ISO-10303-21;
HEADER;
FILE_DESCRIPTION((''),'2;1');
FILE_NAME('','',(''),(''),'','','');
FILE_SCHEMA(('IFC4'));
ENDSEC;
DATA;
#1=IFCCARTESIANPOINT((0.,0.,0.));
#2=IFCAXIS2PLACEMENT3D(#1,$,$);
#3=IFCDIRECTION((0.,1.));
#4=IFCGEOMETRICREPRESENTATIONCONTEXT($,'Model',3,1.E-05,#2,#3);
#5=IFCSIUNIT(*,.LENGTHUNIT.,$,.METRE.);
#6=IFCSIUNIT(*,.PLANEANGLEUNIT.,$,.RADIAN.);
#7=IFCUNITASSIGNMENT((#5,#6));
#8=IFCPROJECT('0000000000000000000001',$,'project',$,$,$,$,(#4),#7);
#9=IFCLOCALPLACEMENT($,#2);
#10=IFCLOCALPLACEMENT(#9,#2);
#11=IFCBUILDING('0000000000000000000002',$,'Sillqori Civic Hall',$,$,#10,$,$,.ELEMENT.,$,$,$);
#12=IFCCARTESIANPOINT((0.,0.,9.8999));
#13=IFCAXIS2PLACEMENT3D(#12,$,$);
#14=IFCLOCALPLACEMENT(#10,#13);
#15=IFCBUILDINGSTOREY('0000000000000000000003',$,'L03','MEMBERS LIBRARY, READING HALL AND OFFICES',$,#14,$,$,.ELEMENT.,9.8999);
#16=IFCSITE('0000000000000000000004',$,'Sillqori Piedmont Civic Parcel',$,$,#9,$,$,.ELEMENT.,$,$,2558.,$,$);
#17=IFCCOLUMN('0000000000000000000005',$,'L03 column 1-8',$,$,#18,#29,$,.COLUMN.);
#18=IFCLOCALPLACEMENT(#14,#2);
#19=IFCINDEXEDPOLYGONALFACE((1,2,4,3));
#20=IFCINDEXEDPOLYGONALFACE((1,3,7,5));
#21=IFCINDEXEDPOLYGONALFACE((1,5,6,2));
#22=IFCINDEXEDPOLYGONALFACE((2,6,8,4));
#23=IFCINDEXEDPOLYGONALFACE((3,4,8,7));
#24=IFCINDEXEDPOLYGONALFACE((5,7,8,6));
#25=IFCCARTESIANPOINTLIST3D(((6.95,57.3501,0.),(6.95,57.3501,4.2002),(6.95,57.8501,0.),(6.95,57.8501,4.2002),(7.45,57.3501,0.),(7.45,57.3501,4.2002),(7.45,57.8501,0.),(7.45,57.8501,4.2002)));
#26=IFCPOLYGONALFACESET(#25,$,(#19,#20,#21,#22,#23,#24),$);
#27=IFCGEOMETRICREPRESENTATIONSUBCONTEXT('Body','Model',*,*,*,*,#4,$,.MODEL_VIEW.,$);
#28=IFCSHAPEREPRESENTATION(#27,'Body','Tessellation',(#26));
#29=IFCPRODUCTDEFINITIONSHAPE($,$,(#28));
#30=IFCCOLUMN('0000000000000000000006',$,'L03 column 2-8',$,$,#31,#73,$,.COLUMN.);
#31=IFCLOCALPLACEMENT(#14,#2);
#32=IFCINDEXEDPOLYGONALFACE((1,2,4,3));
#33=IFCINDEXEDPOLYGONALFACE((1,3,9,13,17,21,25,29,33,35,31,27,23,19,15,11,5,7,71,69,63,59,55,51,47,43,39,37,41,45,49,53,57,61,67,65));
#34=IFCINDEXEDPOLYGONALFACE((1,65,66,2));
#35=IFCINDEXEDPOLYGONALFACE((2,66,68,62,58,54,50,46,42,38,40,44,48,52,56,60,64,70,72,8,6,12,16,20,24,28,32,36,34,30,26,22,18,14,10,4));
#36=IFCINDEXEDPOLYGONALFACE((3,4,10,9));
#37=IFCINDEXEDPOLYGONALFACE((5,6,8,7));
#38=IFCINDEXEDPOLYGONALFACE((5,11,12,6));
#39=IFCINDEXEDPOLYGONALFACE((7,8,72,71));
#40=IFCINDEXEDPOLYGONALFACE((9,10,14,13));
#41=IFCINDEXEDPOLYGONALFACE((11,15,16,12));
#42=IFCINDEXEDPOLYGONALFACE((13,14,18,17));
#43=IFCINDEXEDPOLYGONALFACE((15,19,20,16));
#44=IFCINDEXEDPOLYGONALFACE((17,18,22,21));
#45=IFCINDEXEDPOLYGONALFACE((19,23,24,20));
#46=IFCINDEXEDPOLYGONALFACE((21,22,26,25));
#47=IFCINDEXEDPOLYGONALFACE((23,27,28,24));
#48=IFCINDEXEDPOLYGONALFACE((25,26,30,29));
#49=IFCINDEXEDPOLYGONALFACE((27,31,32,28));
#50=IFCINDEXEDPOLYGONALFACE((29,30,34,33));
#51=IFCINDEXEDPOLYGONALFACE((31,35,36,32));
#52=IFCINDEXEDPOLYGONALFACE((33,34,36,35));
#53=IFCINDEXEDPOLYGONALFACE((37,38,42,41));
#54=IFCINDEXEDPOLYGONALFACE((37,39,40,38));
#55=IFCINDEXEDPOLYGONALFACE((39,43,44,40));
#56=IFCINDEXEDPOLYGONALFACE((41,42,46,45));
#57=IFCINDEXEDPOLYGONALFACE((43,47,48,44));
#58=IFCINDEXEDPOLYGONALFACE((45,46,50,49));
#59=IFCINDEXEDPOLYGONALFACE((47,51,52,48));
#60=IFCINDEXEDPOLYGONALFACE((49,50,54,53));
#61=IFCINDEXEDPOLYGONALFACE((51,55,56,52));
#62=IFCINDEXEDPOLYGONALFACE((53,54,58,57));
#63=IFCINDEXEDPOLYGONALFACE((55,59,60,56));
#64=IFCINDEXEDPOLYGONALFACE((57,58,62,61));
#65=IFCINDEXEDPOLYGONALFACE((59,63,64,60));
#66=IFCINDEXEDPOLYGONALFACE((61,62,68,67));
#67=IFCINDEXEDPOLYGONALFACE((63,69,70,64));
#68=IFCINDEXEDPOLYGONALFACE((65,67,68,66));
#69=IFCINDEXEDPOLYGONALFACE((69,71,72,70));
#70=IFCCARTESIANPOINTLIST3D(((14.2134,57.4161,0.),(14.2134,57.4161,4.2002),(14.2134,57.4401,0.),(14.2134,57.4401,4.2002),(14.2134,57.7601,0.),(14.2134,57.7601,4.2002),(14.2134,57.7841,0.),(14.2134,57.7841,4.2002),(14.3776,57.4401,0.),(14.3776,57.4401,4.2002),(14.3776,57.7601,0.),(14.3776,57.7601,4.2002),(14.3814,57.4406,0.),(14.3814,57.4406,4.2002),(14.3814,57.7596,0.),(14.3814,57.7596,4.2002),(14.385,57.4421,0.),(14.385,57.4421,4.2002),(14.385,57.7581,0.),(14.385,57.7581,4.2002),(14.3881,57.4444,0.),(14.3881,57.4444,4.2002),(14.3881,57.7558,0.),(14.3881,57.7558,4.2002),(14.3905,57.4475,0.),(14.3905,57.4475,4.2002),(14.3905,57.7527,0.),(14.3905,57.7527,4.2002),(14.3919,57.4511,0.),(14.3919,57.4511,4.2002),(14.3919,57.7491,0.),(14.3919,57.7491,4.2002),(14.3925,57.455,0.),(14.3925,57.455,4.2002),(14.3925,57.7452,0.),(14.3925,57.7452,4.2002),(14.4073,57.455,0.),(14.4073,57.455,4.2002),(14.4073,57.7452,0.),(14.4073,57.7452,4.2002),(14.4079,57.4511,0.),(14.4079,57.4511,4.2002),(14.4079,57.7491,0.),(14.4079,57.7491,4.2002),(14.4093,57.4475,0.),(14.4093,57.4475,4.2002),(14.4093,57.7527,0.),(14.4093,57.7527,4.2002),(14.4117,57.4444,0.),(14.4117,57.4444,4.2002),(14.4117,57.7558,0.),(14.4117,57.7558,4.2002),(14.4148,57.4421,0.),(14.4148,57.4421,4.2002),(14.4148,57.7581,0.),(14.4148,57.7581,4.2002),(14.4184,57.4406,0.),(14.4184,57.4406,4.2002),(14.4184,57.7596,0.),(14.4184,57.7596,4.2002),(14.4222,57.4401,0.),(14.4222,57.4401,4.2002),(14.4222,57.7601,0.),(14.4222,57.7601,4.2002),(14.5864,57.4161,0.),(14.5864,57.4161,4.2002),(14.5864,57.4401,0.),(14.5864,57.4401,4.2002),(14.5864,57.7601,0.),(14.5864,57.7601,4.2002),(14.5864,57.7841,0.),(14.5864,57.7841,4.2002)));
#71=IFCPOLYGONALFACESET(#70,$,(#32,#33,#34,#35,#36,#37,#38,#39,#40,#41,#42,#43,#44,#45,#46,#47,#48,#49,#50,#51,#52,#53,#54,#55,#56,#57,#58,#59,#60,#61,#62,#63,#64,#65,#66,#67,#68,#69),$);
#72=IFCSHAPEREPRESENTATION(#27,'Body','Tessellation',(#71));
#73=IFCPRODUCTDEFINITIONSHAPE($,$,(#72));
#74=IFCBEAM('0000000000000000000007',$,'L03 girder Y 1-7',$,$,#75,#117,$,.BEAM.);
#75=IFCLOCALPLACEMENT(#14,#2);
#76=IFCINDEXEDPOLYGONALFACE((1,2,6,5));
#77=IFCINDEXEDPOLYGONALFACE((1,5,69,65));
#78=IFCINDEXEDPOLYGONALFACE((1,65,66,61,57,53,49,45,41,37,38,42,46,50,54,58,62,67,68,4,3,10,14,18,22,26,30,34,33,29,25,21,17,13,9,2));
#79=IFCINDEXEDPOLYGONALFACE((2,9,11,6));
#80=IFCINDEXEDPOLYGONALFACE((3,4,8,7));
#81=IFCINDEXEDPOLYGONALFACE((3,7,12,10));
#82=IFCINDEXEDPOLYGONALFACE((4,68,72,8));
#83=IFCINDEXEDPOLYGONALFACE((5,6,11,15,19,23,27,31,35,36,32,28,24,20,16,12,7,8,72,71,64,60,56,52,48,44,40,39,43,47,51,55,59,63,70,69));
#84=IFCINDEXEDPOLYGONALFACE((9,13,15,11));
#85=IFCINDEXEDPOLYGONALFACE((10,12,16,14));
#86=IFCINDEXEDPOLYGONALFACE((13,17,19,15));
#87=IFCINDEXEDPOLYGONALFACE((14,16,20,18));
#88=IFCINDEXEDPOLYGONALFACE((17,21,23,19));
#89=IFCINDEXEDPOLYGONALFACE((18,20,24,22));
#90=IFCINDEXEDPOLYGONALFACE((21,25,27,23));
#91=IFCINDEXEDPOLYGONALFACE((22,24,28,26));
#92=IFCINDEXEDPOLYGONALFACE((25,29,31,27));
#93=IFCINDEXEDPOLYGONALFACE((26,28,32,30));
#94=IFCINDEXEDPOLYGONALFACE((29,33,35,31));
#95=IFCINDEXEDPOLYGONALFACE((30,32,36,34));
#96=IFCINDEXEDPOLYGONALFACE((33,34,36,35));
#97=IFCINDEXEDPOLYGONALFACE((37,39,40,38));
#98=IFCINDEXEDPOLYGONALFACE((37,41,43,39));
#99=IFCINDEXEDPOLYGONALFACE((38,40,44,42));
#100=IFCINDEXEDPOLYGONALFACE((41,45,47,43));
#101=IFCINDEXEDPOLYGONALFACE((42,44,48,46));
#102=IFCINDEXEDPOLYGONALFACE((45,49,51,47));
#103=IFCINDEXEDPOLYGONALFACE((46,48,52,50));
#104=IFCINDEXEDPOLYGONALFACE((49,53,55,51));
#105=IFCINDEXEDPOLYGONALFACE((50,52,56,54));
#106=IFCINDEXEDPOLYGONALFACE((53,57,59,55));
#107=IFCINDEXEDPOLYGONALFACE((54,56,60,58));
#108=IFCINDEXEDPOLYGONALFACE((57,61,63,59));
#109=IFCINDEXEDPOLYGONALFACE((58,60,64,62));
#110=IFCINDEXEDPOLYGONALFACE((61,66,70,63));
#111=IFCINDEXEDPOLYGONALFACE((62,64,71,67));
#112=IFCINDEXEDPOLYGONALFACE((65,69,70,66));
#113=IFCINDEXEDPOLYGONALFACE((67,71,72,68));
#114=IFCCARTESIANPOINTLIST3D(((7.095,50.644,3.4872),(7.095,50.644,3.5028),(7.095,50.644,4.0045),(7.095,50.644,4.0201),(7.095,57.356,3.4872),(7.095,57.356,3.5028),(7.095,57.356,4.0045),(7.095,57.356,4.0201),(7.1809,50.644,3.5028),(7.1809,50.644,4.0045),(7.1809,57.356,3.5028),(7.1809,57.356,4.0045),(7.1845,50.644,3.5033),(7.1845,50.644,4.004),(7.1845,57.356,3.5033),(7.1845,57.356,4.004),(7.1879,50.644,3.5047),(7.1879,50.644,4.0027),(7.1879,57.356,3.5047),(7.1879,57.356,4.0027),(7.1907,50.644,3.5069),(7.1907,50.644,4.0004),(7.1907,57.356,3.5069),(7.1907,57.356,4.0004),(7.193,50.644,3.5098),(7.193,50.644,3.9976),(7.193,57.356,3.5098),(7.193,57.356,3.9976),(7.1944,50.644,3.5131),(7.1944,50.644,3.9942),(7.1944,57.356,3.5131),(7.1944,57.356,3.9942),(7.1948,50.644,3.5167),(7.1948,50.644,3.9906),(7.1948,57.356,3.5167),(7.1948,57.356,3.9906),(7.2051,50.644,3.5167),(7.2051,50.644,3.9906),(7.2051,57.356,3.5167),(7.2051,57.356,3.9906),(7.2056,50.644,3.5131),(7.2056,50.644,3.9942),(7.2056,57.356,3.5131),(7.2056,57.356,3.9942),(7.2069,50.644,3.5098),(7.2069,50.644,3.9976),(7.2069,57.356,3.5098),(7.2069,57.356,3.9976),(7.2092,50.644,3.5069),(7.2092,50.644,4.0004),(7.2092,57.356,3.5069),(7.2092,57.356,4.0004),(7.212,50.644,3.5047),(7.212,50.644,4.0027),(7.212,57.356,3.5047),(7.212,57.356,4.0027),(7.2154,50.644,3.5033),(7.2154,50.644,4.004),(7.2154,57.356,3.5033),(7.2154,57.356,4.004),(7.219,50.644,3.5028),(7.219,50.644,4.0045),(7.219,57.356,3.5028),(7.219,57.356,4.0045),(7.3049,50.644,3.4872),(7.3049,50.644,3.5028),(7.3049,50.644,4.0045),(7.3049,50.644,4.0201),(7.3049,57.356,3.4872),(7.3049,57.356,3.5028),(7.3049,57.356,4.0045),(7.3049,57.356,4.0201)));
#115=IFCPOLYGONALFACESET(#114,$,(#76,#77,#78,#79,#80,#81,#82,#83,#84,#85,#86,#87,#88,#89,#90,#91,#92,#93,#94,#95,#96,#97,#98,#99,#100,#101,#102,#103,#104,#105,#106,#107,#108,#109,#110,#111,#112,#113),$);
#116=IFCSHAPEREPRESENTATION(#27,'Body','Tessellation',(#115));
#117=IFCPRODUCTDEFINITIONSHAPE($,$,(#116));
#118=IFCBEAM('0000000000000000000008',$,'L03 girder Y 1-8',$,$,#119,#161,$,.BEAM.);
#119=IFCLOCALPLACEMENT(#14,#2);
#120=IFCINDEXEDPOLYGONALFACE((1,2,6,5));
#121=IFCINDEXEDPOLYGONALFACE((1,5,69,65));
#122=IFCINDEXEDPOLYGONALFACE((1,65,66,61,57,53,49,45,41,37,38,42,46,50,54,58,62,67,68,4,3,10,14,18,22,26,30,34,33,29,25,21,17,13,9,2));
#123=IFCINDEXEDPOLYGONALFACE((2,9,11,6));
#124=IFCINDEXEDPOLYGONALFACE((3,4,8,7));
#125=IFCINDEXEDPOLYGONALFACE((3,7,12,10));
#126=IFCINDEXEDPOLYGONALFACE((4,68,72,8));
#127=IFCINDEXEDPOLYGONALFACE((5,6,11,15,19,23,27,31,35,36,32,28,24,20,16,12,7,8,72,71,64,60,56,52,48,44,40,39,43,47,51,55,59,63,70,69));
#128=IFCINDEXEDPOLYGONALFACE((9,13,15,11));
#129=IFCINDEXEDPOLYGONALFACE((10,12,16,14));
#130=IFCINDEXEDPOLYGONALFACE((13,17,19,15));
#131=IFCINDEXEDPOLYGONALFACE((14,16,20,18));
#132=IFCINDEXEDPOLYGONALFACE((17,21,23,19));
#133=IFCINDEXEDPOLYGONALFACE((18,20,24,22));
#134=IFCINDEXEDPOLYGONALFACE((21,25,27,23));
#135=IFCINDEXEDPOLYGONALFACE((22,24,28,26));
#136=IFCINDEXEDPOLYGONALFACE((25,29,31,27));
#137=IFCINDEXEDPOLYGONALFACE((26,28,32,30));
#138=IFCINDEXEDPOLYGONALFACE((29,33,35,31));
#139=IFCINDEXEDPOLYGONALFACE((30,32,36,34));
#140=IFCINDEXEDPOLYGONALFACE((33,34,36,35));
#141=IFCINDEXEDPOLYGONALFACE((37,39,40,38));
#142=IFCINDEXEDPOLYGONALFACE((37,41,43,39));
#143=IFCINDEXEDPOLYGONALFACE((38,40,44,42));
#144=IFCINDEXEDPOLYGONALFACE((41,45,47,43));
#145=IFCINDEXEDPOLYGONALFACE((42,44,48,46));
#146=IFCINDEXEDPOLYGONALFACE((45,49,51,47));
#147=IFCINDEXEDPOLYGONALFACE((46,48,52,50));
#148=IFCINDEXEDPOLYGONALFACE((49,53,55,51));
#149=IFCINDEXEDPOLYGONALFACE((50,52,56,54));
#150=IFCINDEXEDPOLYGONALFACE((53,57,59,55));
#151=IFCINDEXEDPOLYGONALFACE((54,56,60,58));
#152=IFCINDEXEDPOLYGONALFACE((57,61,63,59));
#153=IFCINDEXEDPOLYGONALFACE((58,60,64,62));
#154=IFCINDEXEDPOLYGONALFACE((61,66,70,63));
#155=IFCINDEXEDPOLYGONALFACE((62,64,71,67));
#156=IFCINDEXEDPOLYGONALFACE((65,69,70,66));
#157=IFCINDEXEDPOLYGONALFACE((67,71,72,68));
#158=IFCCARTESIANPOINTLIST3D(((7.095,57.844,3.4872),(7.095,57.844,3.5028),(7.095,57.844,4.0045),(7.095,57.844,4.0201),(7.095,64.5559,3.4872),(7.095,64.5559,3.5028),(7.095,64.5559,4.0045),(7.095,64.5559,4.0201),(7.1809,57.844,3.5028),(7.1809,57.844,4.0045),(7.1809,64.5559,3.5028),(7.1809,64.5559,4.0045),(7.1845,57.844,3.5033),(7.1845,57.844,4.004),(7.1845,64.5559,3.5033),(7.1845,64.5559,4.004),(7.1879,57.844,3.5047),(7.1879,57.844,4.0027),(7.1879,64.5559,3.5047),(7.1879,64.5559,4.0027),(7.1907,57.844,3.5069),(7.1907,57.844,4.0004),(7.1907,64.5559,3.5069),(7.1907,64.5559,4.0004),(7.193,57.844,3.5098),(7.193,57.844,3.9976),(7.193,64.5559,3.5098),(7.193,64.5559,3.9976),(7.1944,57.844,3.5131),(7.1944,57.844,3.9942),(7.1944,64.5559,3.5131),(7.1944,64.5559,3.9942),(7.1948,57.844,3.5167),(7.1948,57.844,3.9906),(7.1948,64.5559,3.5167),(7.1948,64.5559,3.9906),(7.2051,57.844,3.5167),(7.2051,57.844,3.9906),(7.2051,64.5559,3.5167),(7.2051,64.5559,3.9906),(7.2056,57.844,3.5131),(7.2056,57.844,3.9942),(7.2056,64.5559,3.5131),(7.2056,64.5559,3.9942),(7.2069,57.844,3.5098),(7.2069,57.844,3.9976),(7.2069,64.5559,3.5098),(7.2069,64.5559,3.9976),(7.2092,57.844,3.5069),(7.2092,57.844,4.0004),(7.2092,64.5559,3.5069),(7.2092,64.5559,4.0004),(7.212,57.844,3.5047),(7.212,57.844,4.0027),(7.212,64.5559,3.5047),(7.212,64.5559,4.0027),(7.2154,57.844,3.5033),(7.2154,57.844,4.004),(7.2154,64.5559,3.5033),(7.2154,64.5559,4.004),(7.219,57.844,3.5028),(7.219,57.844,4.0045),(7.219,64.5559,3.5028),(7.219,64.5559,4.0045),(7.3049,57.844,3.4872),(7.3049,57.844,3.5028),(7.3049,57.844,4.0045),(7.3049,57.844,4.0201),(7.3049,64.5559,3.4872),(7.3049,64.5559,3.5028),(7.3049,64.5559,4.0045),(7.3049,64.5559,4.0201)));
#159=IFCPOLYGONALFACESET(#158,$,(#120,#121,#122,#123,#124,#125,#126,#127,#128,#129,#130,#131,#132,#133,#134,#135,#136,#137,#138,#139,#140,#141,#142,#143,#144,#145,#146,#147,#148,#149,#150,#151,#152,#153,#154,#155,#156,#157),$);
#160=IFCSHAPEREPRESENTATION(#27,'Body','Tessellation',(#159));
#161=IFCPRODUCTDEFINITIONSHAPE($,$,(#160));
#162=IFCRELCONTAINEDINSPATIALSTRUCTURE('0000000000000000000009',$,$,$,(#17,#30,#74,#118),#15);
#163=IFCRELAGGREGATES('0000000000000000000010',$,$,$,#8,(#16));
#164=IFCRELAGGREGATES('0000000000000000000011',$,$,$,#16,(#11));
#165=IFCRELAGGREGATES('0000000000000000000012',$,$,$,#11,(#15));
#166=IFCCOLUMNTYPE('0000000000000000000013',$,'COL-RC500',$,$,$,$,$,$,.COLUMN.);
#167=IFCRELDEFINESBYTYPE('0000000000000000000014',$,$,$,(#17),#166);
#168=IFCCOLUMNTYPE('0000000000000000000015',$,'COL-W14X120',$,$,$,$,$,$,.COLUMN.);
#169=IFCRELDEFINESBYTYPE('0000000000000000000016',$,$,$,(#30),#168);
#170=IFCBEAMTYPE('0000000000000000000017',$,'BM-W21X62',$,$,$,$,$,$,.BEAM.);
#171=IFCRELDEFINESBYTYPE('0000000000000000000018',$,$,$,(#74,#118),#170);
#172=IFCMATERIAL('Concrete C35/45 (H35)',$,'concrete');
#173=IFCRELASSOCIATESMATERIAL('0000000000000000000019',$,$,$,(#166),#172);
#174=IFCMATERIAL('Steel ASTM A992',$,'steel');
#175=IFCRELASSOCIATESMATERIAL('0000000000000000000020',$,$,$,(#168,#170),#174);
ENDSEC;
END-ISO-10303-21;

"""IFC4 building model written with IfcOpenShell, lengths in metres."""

from ifc_helpers import new_model, si_unit, direction, frame, origin, origin_2d, place, context, subcontext, project, spatial, rectangle, i_section, extrude, material, material_profile, profile_set, type_object, element, save


model = new_model("IFC4")

# Units and contexts
model_context = context("Model", 3, precision=1e-05, world=origin(), true_north=direction((0.0, 1.0)))
body_context = subcontext(model_context, "Body", "Model", "MODEL_VIEW")
ifc_project = project(units=[si_unit("LENGTHUNIT", "METRE"), si_unit("PLANEANGLEUNIT", "RADIAN")], contexts=[model_context])

# Site, building, storey
site_placement = place(None, origin())
site = spatial("IfcSite", under=ifc_project, at=site_placement, Name="Sillqori Piedmont Civic Parcel", CompositionType="ELEMENT", RefElevation=2558.0)
building_placement = place(site_placement, origin())
building = spatial("IfcBuilding", under=site, at=building_placement, Name="Sillqori Civic Hall", CompositionType="ELEMENT")
storey_placement = place(building_placement, frame((0.0, 0.0, 9.8999)))
storey = spatial("IfcBuildingStorey", under=building, at=storey_placement, Name="L03", Description="MEMBERS LIBRARY, READING HALL AND OFFICES", CompositionType="ELEMENT", Elevation=9.8999)

# Columns
ifc_material_1 = material(Name="Concrete C35/45 (H35)", Category="concrete")
ifc_material_profile_1 = material_profile(ifc_material_1, rectangle(XDim=0.5, YDim=0.5, at=origin_2d()), Name="RC 500x500")
ifc_profile_set_1 = profile_set([ifc_material_profile_1], Name="Concrete C35/45 (H35)")
column_type_1 = type_object("IfcColumnType", Name="COL-RC500", PredefinedType="COLUMN", material=ifc_profile_set_1)
column_1_placement = place(storey_placement, frame((7.2, 57.6001, 0.0), z_axis=(0.0, 0.0, 1.0), x_axis=(1.0, 0.0, 0.0)))
element("IfcColumn", 1, at=column_1_placement, inside=storey, type_object=column_type_1, Name="L03 column 1-8", PredefinedType="COLUMN", context=body_context, shape_type="SweptSolid", body=[
    extrude(rectangle(XDim=0.5, YDim=0.5, at=origin_2d()), origin(), (0.0, 0.0, 1.0), 4.2002),
])
ifc_material_2 = material(Name="Steel ASTM A992", Category="steel")
ifc_material_profile_2 = material_profile(ifc_material_2, i_section(OverallWidth=0.373, OverallDepth=0.3679, WebThickness=0.0149, FlangeThickness=0.0239, FilletRadius=0.0149, at=origin_2d()), Name="W14X120")
ifc_profile_set_2 = profile_set([ifc_material_profile_2], Name="Steel ASTM A992")
column_type_2 = type_object("IfcColumnType", Name="COL-W14X120", PredefinedType="COLUMN", material=ifc_profile_set_2)
column_2_placement = place(storey_placement, frame((14.3999, 57.6001, 0.0), z_axis=(0.0, 0.0, 1.0), x_axis=(1.0, 0.0, 0.0)))
element("IfcColumn", 2, at=column_2_placement, inside=storey, type_object=column_type_2, Name="L03 column 2-8", PredefinedType="COLUMN", context=body_context, shape_type="SweptSolid", body=[
    extrude(i_section(OverallWidth=0.373, OverallDepth=0.3679, WebThickness=0.0149, FlangeThickness=0.0239, FilletRadius=0.0149, at=origin_2d()), origin(), (0.0, 0.0, 1.0), 4.2002),
])

# Beams
ifc_material_profile_3 = material_profile(ifc_material_2, i_section(OverallWidth=0.21, OverallDepth=0.533, WebThickness=0.0103, FlangeThickness=0.0156, FilletRadius=0.0139, at=origin_2d()), Name="W21X62")
ifc_profile_set_3 = profile_set([ifc_material_profile_3], Name="Steel ASTM A992")
beam_type_1 = type_object("IfcBeamType", Name="BM-W21X62", PredefinedType="BEAM", material=ifc_profile_set_3)
for number, where, z_axis, x_axis, name in (
    (3, (7.2, 50.644, 3.7537), (0.0, 1.0, 0.0), (-1.0, 0.0, 0.0), "L03 girder Y 1-7"),
    (4, (7.2, 57.844, 3.7537), (0.0, 1.0, 0.0), (-1.0, 0.0, 0.0), "L03 girder Y 1-8"),
):
    element("IfcBeam", number, at=place(storey_placement, frame(where, z_axis=z_axis, x_axis=x_axis)), inside=storey, type_object=beam_type_1, Name=name, PredefinedType="BEAM", context=body_context, shape_type="SweptSolid", body=[
        extrude(i_section(OverallWidth=0.21, OverallDepth=0.533, WebThickness=0.0103, FlangeThickness=0.0156, FilletRadius=0.0139, at=origin_2d()), origin(), (0.0, 0.0, 1.0), 6.7119),
    ])

save(model, "model.ifc")
